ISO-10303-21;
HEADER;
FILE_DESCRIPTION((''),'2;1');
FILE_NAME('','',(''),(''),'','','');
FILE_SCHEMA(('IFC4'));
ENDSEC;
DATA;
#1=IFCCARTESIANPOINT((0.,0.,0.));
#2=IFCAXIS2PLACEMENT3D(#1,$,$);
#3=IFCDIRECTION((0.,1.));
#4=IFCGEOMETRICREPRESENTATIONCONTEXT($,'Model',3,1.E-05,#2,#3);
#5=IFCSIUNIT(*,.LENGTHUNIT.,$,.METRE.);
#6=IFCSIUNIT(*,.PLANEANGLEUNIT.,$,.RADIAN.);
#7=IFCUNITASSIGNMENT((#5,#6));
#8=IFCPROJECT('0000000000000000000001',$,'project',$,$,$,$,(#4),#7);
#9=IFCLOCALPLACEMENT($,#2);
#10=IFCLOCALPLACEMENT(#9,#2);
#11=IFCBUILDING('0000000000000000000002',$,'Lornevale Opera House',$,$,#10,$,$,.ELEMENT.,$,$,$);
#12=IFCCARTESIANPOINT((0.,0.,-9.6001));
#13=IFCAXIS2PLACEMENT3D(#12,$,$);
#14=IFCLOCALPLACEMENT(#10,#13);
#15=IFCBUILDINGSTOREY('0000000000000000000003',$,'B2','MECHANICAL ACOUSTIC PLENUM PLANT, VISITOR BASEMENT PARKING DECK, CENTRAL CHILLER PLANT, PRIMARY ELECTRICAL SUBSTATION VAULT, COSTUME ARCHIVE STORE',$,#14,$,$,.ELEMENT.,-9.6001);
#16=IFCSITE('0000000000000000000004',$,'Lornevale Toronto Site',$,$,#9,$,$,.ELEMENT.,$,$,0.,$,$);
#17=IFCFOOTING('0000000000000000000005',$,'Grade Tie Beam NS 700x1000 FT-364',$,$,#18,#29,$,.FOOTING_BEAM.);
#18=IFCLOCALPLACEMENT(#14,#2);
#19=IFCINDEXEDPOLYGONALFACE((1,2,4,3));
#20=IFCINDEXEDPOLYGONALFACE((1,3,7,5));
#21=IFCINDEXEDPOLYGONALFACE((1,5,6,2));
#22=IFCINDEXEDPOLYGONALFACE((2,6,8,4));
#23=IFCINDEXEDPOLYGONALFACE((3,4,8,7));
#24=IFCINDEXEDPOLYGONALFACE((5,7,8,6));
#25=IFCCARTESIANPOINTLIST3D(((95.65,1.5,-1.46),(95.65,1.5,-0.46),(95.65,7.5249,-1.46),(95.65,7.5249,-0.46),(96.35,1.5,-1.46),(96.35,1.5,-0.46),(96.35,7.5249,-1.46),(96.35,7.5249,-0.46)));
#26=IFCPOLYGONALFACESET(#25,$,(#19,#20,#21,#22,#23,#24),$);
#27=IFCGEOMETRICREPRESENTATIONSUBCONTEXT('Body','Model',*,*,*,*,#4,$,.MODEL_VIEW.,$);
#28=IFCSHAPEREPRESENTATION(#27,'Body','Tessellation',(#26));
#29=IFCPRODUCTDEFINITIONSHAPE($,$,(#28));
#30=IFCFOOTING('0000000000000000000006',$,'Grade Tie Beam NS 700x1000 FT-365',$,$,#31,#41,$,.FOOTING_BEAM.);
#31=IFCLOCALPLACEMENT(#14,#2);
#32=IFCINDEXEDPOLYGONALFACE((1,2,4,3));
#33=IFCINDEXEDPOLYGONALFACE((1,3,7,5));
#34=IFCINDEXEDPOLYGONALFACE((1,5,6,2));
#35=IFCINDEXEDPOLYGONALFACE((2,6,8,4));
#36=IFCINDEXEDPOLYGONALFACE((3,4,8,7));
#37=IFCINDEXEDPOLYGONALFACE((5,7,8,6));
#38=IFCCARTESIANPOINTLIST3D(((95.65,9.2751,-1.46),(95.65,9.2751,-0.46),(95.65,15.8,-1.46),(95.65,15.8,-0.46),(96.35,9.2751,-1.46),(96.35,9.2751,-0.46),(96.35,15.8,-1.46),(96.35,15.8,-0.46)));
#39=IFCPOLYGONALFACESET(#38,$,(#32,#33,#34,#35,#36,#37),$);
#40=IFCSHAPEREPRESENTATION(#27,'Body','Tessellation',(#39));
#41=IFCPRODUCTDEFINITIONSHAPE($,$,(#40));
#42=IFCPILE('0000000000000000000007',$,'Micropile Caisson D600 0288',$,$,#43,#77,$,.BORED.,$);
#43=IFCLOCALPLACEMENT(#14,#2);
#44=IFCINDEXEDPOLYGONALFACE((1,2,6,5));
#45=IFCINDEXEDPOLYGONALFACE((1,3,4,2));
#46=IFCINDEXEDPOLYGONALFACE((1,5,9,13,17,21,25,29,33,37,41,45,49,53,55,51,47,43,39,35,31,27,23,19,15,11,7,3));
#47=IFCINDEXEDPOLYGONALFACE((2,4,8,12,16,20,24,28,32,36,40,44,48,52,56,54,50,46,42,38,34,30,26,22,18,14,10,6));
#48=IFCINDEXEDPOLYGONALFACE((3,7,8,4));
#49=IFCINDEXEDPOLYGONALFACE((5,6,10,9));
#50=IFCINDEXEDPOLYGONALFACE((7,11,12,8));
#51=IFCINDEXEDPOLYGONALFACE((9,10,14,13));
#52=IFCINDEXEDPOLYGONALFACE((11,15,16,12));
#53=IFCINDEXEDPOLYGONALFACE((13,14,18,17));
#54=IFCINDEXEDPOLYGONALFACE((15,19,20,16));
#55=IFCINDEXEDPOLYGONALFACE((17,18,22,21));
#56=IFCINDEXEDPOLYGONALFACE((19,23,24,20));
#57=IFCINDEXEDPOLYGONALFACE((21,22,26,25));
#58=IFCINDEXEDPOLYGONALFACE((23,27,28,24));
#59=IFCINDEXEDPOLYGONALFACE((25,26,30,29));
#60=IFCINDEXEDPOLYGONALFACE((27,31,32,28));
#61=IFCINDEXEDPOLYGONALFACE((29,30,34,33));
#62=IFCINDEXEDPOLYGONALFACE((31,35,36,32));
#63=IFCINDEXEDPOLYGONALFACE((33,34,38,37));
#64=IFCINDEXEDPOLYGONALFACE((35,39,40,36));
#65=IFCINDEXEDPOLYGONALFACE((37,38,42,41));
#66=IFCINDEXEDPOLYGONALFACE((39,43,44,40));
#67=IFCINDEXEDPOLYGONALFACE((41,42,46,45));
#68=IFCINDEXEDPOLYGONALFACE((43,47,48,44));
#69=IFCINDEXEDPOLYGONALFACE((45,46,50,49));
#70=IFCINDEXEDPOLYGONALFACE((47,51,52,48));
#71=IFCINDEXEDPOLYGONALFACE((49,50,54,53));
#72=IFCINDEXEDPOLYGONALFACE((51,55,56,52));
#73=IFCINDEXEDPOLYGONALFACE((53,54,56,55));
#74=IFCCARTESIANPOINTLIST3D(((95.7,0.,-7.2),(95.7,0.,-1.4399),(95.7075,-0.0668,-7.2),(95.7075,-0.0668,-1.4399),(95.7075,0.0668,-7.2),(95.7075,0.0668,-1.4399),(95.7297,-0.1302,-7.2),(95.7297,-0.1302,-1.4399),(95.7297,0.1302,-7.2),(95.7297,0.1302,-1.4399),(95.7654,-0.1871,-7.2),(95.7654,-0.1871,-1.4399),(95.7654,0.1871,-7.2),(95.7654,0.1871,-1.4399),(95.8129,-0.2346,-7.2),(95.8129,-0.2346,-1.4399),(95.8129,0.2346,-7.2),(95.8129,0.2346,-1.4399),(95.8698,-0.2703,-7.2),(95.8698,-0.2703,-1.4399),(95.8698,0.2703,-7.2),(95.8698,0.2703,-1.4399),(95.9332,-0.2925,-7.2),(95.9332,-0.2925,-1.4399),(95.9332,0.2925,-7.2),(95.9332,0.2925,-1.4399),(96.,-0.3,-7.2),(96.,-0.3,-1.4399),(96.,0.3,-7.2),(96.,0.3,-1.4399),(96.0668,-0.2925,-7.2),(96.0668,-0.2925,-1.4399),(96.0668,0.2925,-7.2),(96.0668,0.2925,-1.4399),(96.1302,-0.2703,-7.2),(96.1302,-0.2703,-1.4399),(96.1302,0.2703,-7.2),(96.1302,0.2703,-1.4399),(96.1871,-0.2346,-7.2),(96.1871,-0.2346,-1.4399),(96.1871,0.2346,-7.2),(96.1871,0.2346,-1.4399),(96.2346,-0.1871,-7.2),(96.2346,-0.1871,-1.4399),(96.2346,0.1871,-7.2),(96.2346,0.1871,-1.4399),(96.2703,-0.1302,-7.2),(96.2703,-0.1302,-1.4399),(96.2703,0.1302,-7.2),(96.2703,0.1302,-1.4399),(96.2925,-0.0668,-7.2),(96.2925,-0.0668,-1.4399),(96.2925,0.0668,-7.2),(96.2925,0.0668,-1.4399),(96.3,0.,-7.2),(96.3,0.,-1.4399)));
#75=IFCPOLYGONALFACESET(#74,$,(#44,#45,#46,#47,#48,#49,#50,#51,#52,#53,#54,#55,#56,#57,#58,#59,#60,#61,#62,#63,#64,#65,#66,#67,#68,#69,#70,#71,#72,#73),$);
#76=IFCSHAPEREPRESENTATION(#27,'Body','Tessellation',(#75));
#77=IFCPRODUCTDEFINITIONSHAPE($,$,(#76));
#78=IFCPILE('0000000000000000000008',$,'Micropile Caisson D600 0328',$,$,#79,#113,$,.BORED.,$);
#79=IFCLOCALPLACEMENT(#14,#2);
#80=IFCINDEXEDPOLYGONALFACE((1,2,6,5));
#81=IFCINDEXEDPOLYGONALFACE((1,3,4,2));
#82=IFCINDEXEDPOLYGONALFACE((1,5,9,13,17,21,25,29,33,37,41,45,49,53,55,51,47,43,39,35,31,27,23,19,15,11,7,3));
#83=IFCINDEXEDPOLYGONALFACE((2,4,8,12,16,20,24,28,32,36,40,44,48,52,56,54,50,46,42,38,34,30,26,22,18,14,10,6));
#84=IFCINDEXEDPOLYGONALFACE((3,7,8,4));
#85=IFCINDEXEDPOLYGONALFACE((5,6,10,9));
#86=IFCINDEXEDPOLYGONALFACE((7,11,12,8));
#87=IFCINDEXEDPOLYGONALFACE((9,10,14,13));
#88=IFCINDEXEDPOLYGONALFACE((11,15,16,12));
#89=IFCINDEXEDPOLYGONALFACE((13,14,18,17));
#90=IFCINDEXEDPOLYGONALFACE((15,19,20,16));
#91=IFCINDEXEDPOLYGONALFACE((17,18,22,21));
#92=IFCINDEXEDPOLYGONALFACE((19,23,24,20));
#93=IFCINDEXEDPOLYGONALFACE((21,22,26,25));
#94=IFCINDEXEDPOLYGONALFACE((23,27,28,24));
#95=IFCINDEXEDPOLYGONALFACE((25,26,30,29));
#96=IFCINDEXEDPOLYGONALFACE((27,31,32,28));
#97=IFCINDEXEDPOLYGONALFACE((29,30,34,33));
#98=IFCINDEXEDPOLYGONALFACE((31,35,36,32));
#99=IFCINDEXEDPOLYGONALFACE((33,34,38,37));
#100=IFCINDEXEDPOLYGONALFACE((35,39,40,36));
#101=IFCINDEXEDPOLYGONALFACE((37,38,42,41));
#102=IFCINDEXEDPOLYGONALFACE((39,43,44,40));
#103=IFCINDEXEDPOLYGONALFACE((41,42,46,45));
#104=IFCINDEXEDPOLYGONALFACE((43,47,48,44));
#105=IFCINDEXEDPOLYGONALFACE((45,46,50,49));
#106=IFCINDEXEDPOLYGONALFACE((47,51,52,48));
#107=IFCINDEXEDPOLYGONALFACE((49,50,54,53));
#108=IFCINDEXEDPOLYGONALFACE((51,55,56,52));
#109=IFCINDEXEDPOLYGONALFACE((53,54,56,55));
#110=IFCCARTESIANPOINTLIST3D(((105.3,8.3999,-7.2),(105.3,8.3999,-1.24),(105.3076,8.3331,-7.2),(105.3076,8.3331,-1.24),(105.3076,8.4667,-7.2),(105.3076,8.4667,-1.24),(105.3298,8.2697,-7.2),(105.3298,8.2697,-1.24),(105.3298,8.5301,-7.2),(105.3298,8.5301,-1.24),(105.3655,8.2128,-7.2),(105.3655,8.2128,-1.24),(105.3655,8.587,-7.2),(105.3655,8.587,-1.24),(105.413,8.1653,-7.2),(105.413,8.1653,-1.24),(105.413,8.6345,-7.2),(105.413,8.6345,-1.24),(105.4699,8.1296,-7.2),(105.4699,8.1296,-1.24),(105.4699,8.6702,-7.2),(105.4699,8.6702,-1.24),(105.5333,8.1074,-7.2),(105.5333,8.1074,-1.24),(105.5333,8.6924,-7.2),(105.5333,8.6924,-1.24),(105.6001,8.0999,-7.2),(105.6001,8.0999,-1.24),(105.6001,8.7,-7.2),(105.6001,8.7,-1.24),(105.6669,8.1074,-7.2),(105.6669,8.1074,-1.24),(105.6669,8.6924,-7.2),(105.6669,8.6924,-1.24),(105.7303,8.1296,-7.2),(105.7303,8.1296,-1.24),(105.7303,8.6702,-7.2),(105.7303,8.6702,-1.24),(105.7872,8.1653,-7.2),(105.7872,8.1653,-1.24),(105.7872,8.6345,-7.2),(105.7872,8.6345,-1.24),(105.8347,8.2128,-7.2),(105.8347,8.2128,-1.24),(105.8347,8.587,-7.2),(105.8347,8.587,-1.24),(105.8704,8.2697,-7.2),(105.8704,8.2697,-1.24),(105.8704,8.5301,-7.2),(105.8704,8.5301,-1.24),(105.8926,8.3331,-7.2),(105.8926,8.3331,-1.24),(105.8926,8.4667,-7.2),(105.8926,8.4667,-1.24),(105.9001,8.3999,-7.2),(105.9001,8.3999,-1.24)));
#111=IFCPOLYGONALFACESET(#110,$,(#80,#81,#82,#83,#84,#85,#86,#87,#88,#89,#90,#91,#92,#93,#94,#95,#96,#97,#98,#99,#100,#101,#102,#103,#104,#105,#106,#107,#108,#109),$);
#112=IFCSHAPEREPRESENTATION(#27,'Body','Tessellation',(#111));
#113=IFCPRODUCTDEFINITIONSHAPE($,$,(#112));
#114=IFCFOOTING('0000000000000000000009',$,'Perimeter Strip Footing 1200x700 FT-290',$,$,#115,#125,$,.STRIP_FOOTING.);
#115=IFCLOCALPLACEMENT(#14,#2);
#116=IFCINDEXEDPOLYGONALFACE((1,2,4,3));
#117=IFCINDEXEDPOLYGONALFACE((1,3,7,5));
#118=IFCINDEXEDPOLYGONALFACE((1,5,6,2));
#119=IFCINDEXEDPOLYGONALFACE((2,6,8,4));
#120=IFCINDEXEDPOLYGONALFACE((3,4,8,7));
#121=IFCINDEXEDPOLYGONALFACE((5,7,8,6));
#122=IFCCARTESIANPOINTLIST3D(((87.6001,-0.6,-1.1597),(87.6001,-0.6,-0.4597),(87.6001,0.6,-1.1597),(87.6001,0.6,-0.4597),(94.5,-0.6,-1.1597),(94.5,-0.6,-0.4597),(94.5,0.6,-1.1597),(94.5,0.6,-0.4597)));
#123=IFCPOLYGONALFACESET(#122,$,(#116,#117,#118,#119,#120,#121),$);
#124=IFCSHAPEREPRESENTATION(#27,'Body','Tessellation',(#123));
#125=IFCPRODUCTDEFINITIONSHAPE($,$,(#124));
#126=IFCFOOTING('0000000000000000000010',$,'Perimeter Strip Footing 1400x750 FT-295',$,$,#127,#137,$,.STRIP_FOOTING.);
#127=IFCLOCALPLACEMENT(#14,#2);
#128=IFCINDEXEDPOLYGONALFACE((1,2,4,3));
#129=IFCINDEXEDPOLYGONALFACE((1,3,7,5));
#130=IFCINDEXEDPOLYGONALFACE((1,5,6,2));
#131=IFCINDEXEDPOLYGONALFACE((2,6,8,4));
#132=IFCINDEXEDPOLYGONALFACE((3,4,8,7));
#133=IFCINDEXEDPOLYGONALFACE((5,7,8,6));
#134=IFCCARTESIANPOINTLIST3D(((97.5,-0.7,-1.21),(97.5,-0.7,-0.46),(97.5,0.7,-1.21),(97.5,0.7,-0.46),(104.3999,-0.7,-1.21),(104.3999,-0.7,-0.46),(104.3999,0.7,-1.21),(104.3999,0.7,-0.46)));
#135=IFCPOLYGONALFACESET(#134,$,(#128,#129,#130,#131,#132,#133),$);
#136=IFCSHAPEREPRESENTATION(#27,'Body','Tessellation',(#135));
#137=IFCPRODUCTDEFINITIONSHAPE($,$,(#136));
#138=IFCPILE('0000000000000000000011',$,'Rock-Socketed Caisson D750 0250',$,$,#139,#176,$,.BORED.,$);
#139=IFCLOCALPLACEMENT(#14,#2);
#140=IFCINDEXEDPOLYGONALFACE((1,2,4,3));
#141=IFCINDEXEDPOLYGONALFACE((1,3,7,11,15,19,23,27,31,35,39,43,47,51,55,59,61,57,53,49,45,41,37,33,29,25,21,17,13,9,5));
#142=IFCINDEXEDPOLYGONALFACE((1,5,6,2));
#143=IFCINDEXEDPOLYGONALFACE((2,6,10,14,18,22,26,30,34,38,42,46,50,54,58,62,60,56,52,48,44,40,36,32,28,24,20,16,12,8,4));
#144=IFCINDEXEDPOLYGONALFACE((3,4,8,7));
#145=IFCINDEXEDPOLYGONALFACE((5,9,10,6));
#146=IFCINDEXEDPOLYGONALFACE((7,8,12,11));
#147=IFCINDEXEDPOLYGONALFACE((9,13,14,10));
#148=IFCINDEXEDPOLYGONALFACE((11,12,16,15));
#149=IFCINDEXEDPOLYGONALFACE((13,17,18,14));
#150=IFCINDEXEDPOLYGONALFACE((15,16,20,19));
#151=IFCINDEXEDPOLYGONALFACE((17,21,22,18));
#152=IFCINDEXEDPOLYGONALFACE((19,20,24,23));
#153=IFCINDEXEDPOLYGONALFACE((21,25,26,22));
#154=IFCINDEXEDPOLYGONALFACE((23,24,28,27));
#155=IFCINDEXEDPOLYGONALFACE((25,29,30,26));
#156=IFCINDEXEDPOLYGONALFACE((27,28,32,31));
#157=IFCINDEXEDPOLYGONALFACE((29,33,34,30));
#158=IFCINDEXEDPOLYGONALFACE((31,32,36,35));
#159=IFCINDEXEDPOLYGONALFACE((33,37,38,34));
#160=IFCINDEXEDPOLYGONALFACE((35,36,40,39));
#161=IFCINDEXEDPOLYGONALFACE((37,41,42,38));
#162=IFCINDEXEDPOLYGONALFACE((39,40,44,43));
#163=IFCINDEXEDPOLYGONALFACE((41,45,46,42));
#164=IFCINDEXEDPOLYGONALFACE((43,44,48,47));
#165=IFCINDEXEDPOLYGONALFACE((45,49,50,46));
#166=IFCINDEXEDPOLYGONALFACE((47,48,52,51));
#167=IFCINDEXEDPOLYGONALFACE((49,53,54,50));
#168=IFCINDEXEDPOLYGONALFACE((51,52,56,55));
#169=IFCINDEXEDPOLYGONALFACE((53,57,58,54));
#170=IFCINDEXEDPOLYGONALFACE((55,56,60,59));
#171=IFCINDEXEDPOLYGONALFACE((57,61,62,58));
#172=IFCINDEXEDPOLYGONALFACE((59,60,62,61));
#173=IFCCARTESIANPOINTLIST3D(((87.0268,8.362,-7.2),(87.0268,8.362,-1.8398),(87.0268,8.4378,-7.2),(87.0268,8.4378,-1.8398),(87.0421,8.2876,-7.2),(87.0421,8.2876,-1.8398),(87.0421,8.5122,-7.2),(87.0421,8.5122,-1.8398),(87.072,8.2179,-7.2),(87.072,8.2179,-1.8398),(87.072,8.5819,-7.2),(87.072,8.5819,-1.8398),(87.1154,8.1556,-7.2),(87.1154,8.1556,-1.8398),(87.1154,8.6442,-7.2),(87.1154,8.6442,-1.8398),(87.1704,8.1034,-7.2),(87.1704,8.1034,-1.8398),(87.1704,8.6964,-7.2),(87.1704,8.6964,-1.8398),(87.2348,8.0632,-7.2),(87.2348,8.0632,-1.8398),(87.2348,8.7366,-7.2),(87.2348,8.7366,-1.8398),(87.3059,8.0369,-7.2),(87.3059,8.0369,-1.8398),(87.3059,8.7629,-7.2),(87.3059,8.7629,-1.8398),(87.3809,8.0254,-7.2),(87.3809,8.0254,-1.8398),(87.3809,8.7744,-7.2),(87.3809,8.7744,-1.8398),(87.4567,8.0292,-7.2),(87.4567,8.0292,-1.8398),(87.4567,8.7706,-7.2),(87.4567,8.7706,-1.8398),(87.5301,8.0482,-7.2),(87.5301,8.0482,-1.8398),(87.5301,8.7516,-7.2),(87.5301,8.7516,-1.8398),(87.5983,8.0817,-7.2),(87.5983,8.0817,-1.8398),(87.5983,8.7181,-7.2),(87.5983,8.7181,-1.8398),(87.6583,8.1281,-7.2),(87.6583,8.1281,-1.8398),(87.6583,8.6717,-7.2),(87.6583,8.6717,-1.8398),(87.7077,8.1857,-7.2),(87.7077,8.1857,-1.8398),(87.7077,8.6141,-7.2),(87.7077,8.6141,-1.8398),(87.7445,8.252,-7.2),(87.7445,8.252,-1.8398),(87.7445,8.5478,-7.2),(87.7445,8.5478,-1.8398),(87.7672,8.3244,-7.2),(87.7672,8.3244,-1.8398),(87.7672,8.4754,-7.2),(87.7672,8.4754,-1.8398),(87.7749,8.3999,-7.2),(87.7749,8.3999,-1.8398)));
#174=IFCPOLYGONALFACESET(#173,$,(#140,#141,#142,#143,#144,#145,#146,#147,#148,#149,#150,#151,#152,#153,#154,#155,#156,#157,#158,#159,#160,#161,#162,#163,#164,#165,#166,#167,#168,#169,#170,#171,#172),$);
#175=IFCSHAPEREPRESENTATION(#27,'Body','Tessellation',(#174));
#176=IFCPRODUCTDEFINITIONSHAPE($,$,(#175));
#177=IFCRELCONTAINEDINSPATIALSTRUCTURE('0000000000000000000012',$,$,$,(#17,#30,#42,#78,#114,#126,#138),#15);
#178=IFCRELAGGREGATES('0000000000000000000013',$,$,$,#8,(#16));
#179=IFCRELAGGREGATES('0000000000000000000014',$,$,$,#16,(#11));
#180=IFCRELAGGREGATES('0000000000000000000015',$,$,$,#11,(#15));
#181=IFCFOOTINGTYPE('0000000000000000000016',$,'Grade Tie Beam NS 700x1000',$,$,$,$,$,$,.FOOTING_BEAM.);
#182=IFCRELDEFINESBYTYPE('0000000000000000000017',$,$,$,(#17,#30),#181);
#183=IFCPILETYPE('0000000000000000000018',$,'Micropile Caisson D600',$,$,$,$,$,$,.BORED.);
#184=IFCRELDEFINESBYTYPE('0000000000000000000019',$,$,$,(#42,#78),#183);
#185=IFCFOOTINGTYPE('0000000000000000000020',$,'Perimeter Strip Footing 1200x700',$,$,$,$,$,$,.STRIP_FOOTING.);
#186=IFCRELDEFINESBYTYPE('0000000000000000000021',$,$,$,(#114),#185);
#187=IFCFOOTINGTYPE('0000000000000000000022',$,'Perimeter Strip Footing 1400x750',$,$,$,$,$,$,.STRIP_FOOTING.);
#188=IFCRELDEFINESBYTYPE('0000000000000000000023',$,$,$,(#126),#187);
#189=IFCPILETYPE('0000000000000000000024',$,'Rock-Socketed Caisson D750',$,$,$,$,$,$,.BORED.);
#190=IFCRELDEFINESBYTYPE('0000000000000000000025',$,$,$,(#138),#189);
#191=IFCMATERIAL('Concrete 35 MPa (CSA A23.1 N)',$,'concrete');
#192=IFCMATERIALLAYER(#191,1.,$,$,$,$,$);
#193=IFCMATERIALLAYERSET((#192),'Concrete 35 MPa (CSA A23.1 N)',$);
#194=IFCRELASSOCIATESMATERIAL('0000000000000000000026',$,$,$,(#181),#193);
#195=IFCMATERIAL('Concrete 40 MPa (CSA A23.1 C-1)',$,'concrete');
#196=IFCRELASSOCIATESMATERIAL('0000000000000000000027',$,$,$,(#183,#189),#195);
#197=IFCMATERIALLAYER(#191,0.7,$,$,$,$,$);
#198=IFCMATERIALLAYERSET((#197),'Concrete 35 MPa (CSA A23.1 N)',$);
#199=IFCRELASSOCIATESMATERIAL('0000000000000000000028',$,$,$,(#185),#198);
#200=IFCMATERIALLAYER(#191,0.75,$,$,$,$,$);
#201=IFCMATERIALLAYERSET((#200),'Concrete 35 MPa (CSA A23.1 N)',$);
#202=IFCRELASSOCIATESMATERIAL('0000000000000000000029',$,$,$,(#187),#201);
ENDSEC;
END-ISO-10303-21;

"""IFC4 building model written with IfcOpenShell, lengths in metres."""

from ifc_helpers import new_model, si_unit, direction, frame, origin, origin_2d, place, context, subcontext, project, spatial, rectangle, circle, extrude, material, layer, layer_set, material_profile, profile_set, type_object, element, save


model = new_model("IFC4")

# Units and contexts
model_context = context("Model", 3, precision=1e-05, world=origin(), true_north=direction((0.0, 1.0)))
body_context = subcontext(model_context, "Body", "Model", "MODEL_VIEW")
ifc_project = project(units=[si_unit("LENGTHUNIT", "METRE"), si_unit("PLANEANGLEUNIT", "RADIAN")], contexts=[model_context])

# Site, building, storey
site_placement = place(None, origin())
site = spatial("IfcSite", under=ifc_project, at=site_placement, Name="Lornevale Toronto Site", CompositionType="ELEMENT", RefElevation=0.0)
building_placement = place(site_placement, origin())
building = spatial("IfcBuilding", under=site, at=building_placement, Name="Lornevale Opera House", CompositionType="ELEMENT")
storey_placement = place(building_placement, frame((0.0, 0.0, -9.6001)))
storey = spatial("IfcBuildingStorey", under=building, at=storey_placement, Name="B2", Description="MECHANICAL ACOUSTIC PLENUM PLANT, VISITOR BASEMENT PARKING DECK, CENTRAL CHILLER PLANT, PRIMARY ELECTRICAL SUBSTATION VAULT, COSTUME ARCHIVE STORE", CompositionType="ELEMENT", Elevation=-9.6001)

# Footings
ifc_material_1 = material(Name="Concrete 35 MPa (CSA A23.1 N)", Category="concrete")
ifc_layer_1 = layer(ifc_material_1, 1.0)
ifc_layer_set_1 = layer_set([ifc_layer_1], Name="Concrete 35 MPa (CSA A23.1 N)")
footing_type_1 = type_object("IfcFootingType", Name="Grade Tie Beam NS 700x1000", PredefinedType="FOOTING_BEAM", material=ifc_layer_set_1)
footing_1_placement = place(storey_placement, frame((96.0, 4.5125, -1.46), z_axis=(0.0, 0.0, 1.0), x_axis=(1.0, 0.0, 0.0)))
element("IfcFooting", 1, at=footing_1_placement, inside=storey, type_object=footing_type_1, Name="Grade Tie Beam NS 700x1000 FT-364", PredefinedType="FOOTING_BEAM", context=body_context, shape_type="SweptSolid", body=[
    extrude(rectangle(XDim=0.7, YDim=6.0249, at=origin_2d()), origin(), (0.0, 0.0, 1.0), 1.0),
])
footing_2_placement = place(storey_placement, frame((96.0, 12.5376, -1.46), z_axis=(0.0, 0.0, 1.0), x_axis=(1.0, 0.0, 0.0)))
element("IfcFooting", 2, at=footing_2_placement, inside=storey, type_object=footing_type_1, Name="Grade Tie Beam NS 700x1000 FT-365", PredefinedType="FOOTING_BEAM", context=body_context, shape_type="SweptSolid", body=[
    extrude(rectangle(XDim=0.7, YDim=6.5249, at=origin_2d()), origin(), (0.0, 0.0, 1.0), 1.0),
])

# Piles
ifc_material_2 = material(Name="Concrete 40 MPa (CSA A23.1 C-1)", Category="concrete")
ifc_material_profile_1 = material_profile(ifc_material_2, circle(Radius=0.3, at=origin_2d()), Name="CAIS600")
ifc_profile_set_1 = profile_set([ifc_material_profile_1], Name="Concrete 40 MPa (CSA A23.1 C-1)")
pile_type_1 = type_object("IfcPileType", Name="Micropile Caisson D600", PredefinedType="BORED", material=ifc_profile_set_1)
pile_1_placement = place(storey_placement, frame((96.0, 0.0, -1.4399), z_axis=(0.0, 0.0, -1.0), x_axis=(1.0, 0.0, 0.0)))
element("IfcPile", 3, at=pile_1_placement, inside=storey, type_object=pile_type_1, Name="Micropile Caisson D600 0288", PredefinedType="BORED", context=body_context, shape_type="SweptSolid", body=[
    extrude(circle(Radius=0.3, at=origin_2d()), origin(), (0.0, 0.0, 1.0), 5.76),
])
pile_2_placement = place(storey_placement, frame((105.6001, 8.3999, -1.24), z_axis=(0.0, 0.0, -1.0), x_axis=(1.0, 0.0, 0.0)))
element("IfcPile", 4, at=pile_2_placement, inside=storey, type_object=pile_type_1, Name="Micropile Caisson D600 0328", PredefinedType="BORED", context=body_context, shape_type="SweptSolid", body=[
    extrude(circle(Radius=0.3, at=origin_2d()), origin(), (0.0, 0.0, 1.0), 5.96),
])

# Footings
ifc_layer_2 = layer(ifc_material_1, 0.7)
ifc_layer_set_2 = layer_set([ifc_layer_2], Name="Concrete 35 MPa (CSA A23.1 N)")
footing_type_2 = type_object("IfcFootingType", Name="Perimeter Strip Footing 1200x700", PredefinedType="STRIP_FOOTING", material=ifc_layer_set_2)
footing_3_placement = place(storey_placement, frame((91.05, 0.0, -1.1597), z_axis=(0.0, 0.0, 1.0), x_axis=(1.0, 0.0, 0.0)))
element("IfcFooting", 5, at=footing_3_placement, inside=storey, type_object=footing_type_2, Name="Perimeter Strip Footing 1200x700 FT-290", PredefinedType="STRIP_FOOTING", context=body_context, shape_type="SweptSolid", body=[
    extrude(rectangle(XDim=6.8999, YDim=1.2, at=origin_2d()), origin(), (0.0, 0.0, 1.0), 0.7),
])
ifc_layer_3 = layer(ifc_material_1, 0.75)
ifc_layer_set_3 = layer_set([ifc_layer_3], Name="Concrete 35 MPa (CSA A23.1 N)")
footing_type_3 = type_object("IfcFootingType", Name="Perimeter Strip Footing 1400x750", PredefinedType="STRIP_FOOTING", material=ifc_layer_set_3)
footing_4_placement = place(storey_placement, frame((100.95, 0.0, -1.21), z_axis=(0.0, 0.0, 1.0), x_axis=(1.0, 0.0, 0.0)))
element("IfcFooting", 6, at=footing_4_placement, inside=storey, type_object=footing_type_3, Name="Perimeter Strip Footing 1400x750 FT-295", PredefinedType="STRIP_FOOTING", context=body_context, shape_type="SweptSolid", body=[
    extrude(rectangle(XDim=6.8999, YDim=1.3999, at=origin_2d()), origin(), (0.0, 0.0, 1.0), 0.75),
])

# Pile
ifc_material_profile_2 = material_profile(ifc_material_2, circle(Radius=0.375, at=origin_2d()), Name="CAIS750")
ifc_profile_set_2 = profile_set([ifc_material_profile_2], Name="Concrete 40 MPa (CSA A23.1 C-1)")
pile_type_2 = type_object("IfcPileType", Name="Rock-Socketed Caisson D750", PredefinedType="BORED", material=ifc_profile_set_2)
pile_3_placement = place(storey_placement, frame((87.3999, 8.3999, -1.8398), z_axis=(0.0, 0.0, -1.0), x_axis=(1.0, 0.0, 0.0)))
element("IfcPile", 7, at=pile_3_placement, inside=storey, type_object=pile_type_2, Name="Rock-Socketed Caisson D750 0250", PredefinedType="BORED", context=body_context, shape_type="SweptSolid", body=[
    extrude(circle(Radius=0.375, at=origin_2d()), origin(), (0.0, 0.0, 1.0), 5.3601),
])

save(model, "model.ifc")
